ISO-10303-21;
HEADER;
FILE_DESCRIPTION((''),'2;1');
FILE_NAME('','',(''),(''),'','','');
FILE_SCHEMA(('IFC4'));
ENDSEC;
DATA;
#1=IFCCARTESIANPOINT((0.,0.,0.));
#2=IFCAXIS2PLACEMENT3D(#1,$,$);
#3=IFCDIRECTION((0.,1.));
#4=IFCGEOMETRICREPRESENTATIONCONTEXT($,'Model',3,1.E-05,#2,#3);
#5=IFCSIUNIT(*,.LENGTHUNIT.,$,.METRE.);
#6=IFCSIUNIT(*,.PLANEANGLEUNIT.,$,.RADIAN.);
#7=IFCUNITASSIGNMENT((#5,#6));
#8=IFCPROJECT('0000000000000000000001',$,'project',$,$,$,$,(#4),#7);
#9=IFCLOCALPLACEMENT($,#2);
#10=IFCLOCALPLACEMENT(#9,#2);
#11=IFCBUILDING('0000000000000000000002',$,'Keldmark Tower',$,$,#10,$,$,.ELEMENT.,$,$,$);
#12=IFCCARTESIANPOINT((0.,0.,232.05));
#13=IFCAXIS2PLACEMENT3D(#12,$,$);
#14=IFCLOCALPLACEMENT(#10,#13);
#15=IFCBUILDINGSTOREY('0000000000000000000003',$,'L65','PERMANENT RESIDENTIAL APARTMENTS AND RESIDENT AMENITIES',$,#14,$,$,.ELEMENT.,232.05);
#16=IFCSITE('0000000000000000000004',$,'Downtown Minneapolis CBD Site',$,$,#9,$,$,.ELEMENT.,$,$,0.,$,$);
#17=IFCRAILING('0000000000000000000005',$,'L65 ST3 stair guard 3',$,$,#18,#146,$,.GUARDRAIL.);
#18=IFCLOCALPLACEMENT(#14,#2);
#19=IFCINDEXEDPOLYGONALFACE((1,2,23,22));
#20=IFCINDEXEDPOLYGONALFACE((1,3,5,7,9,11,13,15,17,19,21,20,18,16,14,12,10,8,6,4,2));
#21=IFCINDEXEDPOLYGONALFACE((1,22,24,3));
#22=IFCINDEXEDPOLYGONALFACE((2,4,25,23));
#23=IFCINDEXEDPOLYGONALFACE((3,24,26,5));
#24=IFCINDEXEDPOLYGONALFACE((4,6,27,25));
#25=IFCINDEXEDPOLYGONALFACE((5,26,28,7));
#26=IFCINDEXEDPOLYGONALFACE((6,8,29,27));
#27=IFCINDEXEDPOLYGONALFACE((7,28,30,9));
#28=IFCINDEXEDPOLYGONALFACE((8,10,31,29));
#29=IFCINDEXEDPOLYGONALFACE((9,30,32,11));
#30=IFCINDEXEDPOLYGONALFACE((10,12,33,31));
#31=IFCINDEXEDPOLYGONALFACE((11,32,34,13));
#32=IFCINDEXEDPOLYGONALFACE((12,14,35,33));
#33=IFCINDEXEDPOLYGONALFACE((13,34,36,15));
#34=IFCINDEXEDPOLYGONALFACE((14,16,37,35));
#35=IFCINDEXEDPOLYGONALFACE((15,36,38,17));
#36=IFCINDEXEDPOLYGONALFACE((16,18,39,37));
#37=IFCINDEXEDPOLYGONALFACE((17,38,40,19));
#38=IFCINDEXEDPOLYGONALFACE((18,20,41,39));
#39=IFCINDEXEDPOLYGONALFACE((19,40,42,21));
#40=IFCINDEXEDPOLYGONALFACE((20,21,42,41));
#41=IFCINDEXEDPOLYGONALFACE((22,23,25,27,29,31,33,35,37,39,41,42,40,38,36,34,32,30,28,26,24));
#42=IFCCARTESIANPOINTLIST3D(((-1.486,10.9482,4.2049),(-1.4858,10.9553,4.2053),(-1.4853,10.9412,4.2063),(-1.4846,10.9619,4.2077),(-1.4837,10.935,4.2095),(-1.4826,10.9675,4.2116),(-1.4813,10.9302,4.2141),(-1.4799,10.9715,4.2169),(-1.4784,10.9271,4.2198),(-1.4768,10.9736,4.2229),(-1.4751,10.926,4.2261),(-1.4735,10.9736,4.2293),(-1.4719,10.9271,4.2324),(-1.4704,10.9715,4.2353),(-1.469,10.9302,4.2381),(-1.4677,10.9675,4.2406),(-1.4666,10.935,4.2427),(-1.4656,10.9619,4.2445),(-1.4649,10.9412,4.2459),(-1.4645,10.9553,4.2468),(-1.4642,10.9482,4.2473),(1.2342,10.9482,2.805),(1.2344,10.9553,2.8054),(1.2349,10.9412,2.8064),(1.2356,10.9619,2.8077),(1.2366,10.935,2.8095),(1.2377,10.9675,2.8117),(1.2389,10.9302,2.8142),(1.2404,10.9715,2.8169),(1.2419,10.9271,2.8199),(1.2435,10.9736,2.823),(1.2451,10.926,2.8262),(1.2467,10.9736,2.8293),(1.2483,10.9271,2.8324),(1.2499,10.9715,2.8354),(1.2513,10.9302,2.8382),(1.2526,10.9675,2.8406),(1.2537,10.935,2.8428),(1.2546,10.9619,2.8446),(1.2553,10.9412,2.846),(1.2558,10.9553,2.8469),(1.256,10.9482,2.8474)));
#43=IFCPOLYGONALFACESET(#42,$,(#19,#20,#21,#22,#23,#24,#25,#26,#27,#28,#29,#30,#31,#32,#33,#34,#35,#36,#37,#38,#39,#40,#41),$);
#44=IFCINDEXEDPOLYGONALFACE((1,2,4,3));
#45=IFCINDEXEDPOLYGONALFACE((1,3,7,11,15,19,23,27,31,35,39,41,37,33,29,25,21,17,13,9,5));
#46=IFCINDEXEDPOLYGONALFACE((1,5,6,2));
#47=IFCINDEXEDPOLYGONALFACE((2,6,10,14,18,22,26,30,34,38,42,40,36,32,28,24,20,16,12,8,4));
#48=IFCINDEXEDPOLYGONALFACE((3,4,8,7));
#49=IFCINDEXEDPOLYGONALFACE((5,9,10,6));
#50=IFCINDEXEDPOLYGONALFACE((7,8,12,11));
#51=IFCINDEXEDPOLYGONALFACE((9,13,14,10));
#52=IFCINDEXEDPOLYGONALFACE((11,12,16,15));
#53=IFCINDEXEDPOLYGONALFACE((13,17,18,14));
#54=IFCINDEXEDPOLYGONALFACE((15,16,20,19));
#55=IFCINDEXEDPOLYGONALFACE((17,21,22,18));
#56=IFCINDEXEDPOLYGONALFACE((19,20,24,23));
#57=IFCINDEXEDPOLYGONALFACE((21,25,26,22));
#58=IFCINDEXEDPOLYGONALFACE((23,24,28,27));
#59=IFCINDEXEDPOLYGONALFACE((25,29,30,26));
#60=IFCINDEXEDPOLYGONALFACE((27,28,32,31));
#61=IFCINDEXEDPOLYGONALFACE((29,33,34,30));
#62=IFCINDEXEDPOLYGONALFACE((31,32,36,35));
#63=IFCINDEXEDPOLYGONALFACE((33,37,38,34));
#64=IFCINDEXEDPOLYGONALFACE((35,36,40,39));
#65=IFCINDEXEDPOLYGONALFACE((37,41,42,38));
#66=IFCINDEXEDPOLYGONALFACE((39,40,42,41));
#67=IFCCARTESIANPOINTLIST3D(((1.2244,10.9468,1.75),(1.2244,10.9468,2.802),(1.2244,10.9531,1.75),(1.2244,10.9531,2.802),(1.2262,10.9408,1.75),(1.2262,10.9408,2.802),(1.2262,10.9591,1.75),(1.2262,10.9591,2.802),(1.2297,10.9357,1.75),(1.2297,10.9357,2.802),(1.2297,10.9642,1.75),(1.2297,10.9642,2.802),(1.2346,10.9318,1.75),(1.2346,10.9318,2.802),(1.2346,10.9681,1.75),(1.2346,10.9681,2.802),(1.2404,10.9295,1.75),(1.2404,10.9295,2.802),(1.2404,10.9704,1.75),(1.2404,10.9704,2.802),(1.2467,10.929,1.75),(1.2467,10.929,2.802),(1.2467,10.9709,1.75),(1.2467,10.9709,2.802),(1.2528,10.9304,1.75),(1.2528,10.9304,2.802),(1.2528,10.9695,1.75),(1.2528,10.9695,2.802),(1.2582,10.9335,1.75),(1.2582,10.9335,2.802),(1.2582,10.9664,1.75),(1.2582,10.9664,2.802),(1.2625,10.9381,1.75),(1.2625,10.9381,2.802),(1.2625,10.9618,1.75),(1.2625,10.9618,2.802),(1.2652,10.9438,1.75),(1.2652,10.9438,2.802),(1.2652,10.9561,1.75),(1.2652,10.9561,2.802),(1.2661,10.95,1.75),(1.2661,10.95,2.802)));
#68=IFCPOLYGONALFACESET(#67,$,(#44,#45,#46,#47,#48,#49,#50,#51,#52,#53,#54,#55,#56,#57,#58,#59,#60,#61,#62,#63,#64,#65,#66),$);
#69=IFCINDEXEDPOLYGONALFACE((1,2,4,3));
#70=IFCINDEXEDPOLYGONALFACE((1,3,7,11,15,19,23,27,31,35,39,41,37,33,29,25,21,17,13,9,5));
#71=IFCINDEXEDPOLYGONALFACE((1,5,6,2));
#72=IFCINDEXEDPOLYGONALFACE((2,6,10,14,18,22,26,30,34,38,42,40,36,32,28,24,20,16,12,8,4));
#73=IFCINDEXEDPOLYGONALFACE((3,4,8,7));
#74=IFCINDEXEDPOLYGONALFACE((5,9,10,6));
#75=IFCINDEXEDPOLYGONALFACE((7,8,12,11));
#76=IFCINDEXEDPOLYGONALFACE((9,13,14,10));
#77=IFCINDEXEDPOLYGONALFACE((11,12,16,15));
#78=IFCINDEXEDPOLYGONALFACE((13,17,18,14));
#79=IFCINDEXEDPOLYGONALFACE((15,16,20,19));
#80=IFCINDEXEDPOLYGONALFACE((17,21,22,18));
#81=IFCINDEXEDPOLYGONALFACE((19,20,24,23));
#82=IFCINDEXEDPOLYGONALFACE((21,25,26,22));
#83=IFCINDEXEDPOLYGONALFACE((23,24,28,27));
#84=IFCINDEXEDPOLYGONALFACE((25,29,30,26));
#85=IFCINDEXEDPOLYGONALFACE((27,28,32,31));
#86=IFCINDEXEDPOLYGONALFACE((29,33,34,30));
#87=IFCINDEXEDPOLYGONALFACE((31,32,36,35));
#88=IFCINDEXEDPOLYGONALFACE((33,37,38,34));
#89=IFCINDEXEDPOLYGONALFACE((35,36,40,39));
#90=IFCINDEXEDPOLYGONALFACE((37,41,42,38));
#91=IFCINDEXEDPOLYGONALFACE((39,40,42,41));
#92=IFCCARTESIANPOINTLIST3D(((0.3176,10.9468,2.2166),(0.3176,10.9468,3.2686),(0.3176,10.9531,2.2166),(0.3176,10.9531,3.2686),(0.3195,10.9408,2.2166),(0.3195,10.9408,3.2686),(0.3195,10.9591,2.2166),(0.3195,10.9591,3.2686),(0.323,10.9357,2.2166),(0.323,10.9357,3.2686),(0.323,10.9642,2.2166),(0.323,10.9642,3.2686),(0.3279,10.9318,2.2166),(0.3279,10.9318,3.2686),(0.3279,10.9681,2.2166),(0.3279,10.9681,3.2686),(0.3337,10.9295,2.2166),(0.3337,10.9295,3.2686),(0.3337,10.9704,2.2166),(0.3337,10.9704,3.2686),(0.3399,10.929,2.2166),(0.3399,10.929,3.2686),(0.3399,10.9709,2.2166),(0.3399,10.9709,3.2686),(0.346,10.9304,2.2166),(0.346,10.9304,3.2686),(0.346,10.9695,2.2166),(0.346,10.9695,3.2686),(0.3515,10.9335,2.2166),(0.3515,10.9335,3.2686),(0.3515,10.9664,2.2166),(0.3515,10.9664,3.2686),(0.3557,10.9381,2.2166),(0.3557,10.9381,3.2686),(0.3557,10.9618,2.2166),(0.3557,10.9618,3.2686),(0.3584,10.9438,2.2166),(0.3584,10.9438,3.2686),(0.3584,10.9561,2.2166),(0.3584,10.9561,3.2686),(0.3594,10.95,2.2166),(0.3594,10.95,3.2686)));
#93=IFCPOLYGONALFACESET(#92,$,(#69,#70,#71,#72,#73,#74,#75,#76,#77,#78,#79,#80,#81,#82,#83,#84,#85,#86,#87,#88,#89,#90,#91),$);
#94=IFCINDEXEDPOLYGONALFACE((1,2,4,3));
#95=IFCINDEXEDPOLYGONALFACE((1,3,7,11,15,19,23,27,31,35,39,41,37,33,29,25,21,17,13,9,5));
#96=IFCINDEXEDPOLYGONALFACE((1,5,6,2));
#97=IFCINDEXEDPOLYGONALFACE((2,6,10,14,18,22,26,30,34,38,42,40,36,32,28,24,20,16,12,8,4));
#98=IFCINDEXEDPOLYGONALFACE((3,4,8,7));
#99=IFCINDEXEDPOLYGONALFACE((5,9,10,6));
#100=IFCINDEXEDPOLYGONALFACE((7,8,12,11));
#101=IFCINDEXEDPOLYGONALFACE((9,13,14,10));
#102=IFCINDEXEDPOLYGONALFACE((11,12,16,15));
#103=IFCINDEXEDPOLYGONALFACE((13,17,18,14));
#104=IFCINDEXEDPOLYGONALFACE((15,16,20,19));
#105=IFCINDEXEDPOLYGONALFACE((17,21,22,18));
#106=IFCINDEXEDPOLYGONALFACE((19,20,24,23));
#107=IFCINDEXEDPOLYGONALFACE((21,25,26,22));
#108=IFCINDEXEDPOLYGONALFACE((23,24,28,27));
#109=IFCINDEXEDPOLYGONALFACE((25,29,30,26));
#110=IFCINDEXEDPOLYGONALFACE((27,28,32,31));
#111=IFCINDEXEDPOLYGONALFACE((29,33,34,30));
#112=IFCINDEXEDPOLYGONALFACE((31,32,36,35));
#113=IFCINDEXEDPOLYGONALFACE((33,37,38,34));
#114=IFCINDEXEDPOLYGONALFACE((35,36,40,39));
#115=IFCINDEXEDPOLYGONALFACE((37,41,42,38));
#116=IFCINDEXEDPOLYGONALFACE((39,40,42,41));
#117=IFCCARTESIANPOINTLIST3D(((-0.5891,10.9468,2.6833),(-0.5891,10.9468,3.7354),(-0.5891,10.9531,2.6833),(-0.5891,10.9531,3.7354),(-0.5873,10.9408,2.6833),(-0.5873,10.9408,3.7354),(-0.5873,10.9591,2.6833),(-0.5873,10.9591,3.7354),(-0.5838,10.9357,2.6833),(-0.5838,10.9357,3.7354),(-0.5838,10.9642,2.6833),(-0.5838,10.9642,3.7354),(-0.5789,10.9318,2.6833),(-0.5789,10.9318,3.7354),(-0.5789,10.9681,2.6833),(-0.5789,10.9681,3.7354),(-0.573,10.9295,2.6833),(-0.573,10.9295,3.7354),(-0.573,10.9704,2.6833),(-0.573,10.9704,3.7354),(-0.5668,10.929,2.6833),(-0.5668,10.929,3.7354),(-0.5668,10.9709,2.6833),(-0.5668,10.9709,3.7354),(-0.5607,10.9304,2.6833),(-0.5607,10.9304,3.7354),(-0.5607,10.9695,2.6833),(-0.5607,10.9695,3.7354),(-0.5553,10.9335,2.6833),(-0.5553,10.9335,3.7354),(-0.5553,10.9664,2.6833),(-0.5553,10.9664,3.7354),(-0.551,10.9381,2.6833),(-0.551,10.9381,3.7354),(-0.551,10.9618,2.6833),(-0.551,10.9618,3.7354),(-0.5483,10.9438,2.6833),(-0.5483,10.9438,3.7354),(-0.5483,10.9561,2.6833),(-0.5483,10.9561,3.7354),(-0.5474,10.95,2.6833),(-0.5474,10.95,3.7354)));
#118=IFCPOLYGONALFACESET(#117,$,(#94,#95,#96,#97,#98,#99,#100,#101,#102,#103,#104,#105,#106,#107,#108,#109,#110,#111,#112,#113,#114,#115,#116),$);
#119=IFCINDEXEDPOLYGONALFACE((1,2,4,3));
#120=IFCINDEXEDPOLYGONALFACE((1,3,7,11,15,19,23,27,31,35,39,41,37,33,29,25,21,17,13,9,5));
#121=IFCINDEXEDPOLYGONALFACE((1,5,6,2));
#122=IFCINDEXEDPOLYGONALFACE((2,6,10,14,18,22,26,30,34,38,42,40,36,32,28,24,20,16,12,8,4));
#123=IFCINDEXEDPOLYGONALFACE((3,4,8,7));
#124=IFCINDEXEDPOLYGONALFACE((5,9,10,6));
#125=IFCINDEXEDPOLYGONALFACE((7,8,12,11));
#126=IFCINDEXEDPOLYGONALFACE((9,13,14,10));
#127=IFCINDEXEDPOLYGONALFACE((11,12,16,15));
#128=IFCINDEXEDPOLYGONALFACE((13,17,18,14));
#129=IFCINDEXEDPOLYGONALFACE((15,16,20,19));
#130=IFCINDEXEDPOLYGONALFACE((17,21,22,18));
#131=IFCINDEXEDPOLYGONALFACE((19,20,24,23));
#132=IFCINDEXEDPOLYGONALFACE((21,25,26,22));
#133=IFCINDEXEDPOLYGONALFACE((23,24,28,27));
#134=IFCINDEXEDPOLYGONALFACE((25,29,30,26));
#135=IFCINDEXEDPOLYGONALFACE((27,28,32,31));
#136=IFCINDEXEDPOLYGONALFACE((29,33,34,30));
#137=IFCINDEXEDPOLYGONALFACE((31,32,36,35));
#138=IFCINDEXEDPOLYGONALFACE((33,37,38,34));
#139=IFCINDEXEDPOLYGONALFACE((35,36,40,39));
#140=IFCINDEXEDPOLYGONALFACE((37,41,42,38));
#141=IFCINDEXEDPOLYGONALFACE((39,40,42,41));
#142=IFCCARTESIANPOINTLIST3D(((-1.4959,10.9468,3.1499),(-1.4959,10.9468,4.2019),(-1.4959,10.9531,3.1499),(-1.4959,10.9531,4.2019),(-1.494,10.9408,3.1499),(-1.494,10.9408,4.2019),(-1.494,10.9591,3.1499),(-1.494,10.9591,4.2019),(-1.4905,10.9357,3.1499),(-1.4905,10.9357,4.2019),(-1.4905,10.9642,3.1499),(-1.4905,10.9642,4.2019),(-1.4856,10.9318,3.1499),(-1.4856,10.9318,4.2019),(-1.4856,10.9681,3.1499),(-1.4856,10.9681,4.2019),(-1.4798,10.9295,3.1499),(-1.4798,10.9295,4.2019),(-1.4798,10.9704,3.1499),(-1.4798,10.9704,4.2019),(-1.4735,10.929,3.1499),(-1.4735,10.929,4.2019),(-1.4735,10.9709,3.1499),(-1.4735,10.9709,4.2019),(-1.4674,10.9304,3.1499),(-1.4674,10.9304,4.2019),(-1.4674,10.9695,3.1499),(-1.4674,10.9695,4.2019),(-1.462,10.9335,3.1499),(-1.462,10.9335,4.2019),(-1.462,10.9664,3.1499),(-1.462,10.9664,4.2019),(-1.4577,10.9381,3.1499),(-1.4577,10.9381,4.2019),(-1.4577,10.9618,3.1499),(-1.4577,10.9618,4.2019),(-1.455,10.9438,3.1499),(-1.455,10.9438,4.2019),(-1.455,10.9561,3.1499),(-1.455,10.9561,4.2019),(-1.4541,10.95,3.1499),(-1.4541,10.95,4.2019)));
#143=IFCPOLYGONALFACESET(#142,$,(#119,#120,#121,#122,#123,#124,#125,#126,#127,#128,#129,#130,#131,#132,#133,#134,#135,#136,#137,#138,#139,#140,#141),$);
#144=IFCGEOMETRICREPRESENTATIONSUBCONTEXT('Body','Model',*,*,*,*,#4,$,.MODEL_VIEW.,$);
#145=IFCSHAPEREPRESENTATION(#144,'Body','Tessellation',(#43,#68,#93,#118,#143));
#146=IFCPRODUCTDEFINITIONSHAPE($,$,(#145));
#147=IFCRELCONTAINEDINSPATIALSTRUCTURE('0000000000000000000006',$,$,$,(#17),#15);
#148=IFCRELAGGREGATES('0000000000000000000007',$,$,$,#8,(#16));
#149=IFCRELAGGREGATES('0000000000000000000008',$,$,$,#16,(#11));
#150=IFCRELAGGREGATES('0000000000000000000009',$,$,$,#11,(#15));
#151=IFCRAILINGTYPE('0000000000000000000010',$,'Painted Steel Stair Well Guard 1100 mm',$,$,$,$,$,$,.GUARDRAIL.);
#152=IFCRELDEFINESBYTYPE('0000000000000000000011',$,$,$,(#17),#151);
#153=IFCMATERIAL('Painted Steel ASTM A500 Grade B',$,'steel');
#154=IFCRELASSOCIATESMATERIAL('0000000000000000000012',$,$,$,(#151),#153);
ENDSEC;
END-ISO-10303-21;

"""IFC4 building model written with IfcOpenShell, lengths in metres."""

from ifc_helpers import new_model, si_unit, direction, frame, origin, origin_2d, place, context, subcontext, project, spatial, circle, extrude, material, type_object, element, save


model = new_model("IFC4")

# Units and contexts
model_context = context("Model", 3, precision=1e-05, world=origin(), true_north=direction((0.0, 1.0)))
body_context = subcontext(model_context, "Body", "Model", "MODEL_VIEW")
ifc_project = project(units=[si_unit("LENGTHUNIT", "METRE"), si_unit("PLANEANGLEUNIT", "RADIAN")], contexts=[model_context])

# Site, building, storey
site_placement = place(None, origin())
site = spatial("IfcSite", under=ifc_project, at=site_placement, Name="Downtown Minneapolis CBD Site", CompositionType="ELEMENT", RefElevation=0.0)
building_placement = place(site_placement, origin())
building = spatial("IfcBuilding", under=site, at=building_placement, Name="Keldmark Tower", CompositionType="ELEMENT")
storey_placement = place(building_placement, frame((0.0, 0.0, 232.05)))
storey = spatial("IfcBuildingStorey", under=building, at=storey_placement, Name="L65", Description="PERMANENT RESIDENTIAL APARTMENTS AND RESIDENT AMENITIES", CompositionType="ELEMENT", Elevation=232.05)

# Railing
ifc_material_1 = material(Name="Painted Steel ASTM A500 Grade B", Category="steel")
railing_type_1 = type_object("IfcRailingType", Name="Painted Steel Stair Well Guard 1100 mm", PredefinedType="GUARDRAIL", material=ifc_material_1)
railing_1_placement = place(storey_placement, frame((1.2451, 10.95, 1.75)))
element("IfcRailing", 1, at=railing_1_placement, inside=storey, type_object=railing_type_1, Name="L65 ST3 stair guard 3", PredefinedType="GUARDRAIL", context=body_context, shape_type="SweptSolid", body=[
    extrude(circle(Radius=0.0239, at=origin_2d()), frame((0.0, 0.0, 1.0762), z_axis=(-0.889164, 0.0, 0.45759), x_axis=(0.0, -1.0, 0.0)), (0.0, 0.0, 1.0), 3.0593),
    extrude(circle(Radius=0.021, at=origin_2d()), origin(), (0.0, 0.0, 1.0), 1.052),
    extrude(circle(Radius=0.021, at=origin_2d()), frame((-0.9067, 0.0, 0.4666)), (0.0, 0.0, 1.0), 1.052),
    extrude(circle(Radius=0.021, at=origin_2d()), frame((-1.8135, 0.0, 0.9333)), (0.0, 0.0, 1.0), 1.052),
    extrude(circle(Radius=0.021, at=origin_2d()), frame((-2.7202, 0.0, 1.3999)), (0.0, 0.0, 1.0), 1.052),
])

save(model, "model.ifc")
